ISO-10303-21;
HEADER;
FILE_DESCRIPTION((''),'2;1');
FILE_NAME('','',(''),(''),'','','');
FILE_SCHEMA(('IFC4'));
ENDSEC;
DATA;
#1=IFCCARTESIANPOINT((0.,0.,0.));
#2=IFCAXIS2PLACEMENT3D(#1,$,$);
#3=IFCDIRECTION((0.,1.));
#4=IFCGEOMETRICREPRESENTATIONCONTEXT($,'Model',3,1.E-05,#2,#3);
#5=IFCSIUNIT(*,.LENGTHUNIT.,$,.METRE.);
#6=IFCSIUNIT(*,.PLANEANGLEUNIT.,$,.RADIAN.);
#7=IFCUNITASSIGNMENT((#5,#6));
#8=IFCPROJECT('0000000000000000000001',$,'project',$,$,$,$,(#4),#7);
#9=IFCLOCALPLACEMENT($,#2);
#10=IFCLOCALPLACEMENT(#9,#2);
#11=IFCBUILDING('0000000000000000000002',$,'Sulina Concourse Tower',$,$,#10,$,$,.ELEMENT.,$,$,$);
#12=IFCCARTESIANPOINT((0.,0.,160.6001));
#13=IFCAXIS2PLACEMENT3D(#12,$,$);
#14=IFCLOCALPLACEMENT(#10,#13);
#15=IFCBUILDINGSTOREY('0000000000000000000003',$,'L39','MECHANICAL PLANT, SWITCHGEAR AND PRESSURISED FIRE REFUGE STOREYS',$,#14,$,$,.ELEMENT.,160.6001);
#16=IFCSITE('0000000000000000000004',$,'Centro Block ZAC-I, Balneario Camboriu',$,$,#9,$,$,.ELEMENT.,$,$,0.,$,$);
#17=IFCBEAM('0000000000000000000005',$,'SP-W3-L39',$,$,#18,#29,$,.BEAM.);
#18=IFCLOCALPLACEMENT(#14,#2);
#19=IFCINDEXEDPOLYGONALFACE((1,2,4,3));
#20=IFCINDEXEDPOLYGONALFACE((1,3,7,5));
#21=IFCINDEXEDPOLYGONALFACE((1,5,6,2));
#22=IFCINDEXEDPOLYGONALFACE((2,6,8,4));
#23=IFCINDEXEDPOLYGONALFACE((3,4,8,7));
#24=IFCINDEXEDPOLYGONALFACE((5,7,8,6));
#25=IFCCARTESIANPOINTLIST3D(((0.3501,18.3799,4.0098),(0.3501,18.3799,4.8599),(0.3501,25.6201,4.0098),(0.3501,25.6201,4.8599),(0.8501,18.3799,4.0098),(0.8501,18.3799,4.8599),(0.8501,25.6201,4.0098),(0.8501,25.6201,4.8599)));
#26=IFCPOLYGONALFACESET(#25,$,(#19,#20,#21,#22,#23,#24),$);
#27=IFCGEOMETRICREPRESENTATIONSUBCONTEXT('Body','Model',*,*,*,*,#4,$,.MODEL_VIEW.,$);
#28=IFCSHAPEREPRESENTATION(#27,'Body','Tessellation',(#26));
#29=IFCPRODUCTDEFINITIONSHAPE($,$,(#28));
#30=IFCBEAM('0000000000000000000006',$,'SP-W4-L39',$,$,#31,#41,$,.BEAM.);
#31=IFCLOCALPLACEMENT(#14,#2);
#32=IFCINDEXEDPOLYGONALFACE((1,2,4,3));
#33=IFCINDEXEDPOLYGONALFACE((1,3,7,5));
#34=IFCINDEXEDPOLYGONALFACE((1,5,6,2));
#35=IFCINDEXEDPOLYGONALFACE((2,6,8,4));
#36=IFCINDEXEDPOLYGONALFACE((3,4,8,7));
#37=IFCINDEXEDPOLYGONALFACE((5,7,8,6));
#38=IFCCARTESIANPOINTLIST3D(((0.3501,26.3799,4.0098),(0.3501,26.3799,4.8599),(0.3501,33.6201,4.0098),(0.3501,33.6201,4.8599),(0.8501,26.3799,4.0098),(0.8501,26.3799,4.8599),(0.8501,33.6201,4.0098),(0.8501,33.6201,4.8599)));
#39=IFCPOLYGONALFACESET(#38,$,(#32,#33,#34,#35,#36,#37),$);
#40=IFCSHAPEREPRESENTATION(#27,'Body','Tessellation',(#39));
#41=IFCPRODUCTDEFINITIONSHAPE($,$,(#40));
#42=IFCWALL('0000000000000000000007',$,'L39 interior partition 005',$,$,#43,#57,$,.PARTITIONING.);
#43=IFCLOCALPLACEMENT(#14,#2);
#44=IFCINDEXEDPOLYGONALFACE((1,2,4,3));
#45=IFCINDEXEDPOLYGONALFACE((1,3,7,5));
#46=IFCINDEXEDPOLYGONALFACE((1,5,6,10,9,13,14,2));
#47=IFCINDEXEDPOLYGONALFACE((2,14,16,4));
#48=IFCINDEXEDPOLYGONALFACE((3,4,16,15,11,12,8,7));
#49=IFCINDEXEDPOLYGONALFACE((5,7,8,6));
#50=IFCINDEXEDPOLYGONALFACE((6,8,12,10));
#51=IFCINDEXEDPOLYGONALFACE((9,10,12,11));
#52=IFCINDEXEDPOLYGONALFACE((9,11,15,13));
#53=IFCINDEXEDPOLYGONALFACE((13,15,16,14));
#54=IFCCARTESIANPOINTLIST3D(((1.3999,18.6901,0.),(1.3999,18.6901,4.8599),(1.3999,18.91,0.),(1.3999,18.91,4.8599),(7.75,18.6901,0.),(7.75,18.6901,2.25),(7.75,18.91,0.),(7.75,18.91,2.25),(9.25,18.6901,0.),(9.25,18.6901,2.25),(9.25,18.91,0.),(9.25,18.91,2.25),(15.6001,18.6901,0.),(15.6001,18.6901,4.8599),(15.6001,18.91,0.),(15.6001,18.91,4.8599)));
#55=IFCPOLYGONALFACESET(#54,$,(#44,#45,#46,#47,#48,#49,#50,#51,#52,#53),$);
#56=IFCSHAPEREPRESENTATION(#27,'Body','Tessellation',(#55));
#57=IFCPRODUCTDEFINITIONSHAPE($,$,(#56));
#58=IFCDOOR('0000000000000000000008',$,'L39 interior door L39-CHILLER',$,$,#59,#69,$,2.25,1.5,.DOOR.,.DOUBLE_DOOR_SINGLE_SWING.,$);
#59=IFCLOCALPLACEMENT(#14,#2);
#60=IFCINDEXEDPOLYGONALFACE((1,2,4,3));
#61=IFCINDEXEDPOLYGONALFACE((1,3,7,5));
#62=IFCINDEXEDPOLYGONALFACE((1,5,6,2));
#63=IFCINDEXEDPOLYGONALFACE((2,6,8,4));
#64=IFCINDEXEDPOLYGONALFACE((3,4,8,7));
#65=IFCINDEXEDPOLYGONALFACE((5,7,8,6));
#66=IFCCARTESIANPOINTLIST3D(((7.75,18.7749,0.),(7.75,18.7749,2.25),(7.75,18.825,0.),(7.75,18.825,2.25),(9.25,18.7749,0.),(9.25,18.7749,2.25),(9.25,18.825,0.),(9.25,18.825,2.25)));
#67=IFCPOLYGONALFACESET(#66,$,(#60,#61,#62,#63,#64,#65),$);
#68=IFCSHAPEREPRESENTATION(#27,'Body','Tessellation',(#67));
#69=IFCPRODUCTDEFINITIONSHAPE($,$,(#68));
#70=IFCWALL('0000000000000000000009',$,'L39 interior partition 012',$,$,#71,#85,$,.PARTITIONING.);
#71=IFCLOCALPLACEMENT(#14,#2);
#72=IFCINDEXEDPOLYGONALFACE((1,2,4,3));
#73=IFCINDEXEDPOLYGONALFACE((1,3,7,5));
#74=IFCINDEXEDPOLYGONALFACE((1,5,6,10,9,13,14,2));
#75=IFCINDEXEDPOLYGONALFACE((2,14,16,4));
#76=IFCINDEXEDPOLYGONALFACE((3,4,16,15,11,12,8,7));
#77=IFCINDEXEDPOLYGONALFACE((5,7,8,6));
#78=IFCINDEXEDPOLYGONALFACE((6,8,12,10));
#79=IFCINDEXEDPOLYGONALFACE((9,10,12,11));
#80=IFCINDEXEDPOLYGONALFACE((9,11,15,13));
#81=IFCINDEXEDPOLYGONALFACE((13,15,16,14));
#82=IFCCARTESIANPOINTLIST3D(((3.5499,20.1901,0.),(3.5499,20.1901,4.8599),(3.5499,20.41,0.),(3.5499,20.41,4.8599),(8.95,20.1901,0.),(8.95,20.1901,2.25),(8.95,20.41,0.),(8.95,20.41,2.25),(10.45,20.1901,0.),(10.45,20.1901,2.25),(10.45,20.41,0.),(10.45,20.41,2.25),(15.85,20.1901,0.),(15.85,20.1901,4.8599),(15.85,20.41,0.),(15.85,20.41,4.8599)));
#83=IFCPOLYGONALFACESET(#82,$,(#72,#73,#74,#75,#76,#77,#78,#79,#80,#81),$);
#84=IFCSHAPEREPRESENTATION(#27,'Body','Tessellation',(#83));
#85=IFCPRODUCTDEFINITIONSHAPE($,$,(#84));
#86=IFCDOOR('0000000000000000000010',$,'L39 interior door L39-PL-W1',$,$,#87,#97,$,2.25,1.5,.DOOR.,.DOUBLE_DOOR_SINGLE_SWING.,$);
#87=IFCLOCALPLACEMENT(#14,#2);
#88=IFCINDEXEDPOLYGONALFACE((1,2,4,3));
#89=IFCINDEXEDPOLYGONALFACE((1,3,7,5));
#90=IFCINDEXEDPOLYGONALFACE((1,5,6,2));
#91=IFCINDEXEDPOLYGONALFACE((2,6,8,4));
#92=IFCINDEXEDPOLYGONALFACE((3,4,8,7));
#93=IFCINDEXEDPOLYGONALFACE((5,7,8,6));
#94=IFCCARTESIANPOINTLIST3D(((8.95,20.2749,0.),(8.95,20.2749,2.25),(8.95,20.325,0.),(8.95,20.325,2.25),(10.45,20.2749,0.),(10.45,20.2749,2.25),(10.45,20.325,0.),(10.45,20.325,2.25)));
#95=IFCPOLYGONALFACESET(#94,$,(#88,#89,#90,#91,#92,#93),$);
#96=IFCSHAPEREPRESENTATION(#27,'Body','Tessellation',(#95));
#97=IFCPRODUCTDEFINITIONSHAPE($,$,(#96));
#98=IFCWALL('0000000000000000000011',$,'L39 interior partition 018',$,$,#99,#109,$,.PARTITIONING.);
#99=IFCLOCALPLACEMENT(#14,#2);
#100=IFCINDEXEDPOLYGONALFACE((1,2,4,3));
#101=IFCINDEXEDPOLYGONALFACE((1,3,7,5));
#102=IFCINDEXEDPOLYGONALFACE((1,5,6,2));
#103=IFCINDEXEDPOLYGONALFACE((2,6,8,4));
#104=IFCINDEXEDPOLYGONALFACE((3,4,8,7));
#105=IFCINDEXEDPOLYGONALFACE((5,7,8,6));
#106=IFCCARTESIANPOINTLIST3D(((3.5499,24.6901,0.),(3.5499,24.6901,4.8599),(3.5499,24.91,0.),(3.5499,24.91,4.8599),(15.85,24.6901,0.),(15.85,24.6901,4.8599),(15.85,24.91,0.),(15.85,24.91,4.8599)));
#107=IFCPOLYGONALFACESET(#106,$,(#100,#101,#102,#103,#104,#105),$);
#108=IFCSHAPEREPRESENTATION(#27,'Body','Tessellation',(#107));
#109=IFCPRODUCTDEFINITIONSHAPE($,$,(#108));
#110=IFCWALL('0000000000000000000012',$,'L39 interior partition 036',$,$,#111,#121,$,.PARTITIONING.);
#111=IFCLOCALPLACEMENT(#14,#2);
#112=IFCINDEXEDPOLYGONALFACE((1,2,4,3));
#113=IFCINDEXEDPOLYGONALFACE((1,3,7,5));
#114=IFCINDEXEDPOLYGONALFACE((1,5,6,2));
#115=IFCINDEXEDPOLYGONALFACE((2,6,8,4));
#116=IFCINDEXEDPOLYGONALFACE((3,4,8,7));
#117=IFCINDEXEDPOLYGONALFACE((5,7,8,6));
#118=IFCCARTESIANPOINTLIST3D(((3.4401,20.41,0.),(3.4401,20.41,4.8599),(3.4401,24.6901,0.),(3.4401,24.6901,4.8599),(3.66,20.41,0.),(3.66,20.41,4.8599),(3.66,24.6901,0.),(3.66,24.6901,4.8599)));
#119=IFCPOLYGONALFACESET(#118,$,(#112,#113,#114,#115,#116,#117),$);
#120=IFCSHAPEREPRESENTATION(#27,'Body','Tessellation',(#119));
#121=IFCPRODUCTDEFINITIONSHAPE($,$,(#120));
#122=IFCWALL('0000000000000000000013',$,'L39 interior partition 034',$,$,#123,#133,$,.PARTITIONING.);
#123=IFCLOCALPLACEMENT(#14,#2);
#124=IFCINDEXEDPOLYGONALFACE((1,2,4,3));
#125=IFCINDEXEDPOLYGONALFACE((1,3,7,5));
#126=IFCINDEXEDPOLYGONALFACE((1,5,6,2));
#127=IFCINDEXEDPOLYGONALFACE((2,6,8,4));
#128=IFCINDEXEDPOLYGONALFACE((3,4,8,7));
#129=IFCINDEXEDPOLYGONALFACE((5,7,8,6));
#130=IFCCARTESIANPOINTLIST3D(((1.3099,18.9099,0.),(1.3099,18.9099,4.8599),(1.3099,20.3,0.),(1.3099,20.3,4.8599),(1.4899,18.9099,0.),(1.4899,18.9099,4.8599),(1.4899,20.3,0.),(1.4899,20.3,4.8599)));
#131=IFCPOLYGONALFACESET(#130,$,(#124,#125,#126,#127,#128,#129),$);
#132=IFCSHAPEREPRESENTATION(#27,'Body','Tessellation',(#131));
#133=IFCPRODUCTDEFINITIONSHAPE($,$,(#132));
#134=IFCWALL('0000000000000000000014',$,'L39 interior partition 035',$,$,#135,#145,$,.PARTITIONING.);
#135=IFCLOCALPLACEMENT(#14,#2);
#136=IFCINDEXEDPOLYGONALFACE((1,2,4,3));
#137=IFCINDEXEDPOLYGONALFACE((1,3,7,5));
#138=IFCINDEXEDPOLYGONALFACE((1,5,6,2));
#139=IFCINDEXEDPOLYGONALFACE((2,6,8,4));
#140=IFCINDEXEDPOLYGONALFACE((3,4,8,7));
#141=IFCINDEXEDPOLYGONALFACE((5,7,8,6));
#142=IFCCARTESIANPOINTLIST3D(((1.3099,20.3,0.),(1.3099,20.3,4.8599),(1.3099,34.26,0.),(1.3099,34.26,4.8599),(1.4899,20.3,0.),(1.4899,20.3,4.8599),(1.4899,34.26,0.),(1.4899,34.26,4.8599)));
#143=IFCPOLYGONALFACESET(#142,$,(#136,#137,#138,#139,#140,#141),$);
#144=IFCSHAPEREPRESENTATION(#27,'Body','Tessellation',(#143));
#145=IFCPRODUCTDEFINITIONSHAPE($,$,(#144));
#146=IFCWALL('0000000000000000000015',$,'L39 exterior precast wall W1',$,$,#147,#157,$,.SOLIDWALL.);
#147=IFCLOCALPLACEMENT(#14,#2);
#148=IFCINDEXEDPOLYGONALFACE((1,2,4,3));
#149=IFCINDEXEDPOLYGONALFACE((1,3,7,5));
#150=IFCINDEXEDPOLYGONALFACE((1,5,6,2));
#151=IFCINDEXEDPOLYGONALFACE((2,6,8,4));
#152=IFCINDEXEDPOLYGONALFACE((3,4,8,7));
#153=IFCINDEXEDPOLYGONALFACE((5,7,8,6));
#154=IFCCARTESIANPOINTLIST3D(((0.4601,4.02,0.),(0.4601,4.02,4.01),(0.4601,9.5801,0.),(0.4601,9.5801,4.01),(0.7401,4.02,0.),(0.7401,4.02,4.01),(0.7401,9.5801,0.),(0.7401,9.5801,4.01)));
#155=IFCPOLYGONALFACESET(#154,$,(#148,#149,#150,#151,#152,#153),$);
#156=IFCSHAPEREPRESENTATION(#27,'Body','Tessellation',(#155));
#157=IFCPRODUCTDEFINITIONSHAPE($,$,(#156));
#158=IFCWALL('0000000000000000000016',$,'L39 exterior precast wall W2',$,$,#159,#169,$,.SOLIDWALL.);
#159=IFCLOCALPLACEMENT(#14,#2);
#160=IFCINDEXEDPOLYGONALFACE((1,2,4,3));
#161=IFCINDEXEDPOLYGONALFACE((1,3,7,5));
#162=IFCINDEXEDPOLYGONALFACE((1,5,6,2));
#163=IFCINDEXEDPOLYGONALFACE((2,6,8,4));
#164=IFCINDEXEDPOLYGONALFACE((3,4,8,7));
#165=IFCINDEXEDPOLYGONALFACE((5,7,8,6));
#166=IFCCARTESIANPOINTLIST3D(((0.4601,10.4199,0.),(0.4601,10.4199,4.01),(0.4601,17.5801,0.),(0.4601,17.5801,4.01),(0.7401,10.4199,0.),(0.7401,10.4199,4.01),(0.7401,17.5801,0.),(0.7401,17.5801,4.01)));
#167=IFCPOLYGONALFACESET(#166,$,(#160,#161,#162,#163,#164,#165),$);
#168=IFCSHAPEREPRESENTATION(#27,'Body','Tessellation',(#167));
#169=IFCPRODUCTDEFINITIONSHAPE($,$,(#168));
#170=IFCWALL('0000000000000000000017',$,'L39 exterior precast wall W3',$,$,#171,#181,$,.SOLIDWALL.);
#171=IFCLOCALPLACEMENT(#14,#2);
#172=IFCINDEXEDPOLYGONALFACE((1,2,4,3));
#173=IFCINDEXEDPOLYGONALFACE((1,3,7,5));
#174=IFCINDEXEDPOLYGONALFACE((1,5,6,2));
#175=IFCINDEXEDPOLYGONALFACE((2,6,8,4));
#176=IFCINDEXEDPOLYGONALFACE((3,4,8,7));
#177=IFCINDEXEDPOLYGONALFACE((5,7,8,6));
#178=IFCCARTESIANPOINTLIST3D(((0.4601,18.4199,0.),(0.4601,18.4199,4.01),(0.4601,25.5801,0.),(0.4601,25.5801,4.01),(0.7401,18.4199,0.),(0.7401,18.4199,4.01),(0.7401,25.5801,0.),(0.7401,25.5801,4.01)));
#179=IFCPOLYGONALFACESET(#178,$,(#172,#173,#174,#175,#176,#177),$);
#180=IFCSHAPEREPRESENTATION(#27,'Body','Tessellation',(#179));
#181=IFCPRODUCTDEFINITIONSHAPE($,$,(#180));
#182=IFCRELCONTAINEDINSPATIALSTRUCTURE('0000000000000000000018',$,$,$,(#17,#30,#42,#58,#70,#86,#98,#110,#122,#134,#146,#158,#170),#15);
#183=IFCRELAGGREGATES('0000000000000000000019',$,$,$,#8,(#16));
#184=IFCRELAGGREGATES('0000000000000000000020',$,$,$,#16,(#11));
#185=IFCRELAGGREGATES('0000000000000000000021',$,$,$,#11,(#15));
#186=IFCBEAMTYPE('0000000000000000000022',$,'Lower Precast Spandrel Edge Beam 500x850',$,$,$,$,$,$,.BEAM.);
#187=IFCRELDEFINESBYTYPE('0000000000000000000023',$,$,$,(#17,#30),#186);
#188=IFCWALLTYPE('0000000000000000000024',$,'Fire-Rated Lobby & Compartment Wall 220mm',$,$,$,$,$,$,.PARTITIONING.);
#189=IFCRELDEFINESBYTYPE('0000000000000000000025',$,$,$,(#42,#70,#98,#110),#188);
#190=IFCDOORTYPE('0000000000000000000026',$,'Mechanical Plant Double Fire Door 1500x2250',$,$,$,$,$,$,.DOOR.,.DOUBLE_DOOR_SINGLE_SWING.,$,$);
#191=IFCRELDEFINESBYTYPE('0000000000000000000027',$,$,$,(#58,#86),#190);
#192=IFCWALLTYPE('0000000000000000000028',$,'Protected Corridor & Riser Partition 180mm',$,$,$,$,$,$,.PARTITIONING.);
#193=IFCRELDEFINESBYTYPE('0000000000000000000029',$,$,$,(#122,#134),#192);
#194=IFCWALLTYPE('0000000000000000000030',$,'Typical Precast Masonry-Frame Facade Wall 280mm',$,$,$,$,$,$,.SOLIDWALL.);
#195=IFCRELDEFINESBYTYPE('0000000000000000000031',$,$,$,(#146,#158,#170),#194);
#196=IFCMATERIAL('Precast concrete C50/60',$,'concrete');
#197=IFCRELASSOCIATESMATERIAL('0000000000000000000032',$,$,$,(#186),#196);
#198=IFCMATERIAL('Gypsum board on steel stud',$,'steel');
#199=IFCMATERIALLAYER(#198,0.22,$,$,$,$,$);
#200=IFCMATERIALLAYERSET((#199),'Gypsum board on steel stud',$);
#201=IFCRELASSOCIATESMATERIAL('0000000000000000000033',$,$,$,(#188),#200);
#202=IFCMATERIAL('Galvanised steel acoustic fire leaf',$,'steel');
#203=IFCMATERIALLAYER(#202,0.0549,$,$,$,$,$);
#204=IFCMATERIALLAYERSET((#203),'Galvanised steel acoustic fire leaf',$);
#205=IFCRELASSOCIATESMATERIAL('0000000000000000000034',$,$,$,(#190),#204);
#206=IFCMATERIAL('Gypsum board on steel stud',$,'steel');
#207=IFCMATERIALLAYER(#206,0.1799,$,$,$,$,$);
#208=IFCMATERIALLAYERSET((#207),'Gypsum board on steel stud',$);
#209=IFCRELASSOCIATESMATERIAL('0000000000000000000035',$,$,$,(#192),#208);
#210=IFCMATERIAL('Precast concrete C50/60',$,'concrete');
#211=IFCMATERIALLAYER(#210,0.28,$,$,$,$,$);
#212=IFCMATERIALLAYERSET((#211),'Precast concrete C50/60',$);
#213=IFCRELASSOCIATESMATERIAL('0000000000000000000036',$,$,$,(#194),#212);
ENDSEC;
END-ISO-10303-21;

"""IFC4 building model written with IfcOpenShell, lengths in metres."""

from ifc_helpers import new_model, si_unit, direction, frame, frame_2d, origin, origin_2d, place, context, subcontext, project, spatial, rectangle, extrude, material, layer, layer_set, material_profile, profile_set, type_object, element, fill, save


model = new_model("IFC4")

# Units and contexts
model_context = context("Model", 3, precision=1e-05, world=origin(), true_north=direction((0.0, 1.0)))
body_context = subcontext(model_context, "Body", "Model", "MODEL_VIEW")
ifc_project = project(units=[si_unit("LENGTHUNIT", "METRE"), si_unit("PLANEANGLEUNIT", "RADIAN")], contexts=[model_context])

# Site, building, storey
site_placement = place(None, origin())
site = spatial("IfcSite", under=ifc_project, at=site_placement, Name="Centro Block ZAC-I, Balneario Camboriu", CompositionType="ELEMENT", RefElevation=0.0)
building_placement = place(site_placement, origin())
building = spatial("IfcBuilding", under=site, at=building_placement, Name="Sulina Concourse Tower", CompositionType="ELEMENT")
storey_placement = place(building_placement, frame((0.0, 0.0, 160.6001)))
storey = spatial("IfcBuildingStorey", under=building, at=storey_placement, Name="L39", Description="MECHANICAL PLANT, SWITCHGEAR AND PRESSURISED FIRE REFUGE STOREYS", CompositionType="ELEMENT", Elevation=160.6001)

# Beams
ifc_material_1 = material(Name="Precast concrete C50/60", Category="concrete")
ifc_material_profile_1 = material_profile(ifc_material_1, rectangle(XDim=0.5, YDim=0.8501, at=origin_2d()), Name="RC 500x850")
ifc_profile_set_1 = profile_set([ifc_material_profile_1], Name="Precast concrete C50/60")
beam_type_1 = type_object("IfcBeamType", Name="Lower Precast Spandrel Edge Beam 500x850", PredefinedType="BEAM", material=ifc_profile_set_1)
for number, where, z_axis, x_axis, name in (
    (1, (0.6001, 18.3799, 4.4348), (0.0, 1.0, 0.0), (-1.0, 0.0, 0.0), "SP-W3-L39"),
    (2, (0.6001, 26.3799, 4.4348), (0.0, 1.0, 0.0), (-1.0, 0.0, 0.0), "SP-W4-L39"),
):
    element("IfcBeam", number, at=place(storey_placement, frame(where, z_axis=z_axis, x_axis=x_axis)), inside=storey, type_object=beam_type_1, Name=name, PredefinedType="BEAM", context=body_context, shape_type="SweptSolid", body=[
        extrude(rectangle(XDim=0.5, YDim=0.8501, at=origin_2d()), origin(), (0.0, 0.0, 1.0), 7.2402),
    ])

# Walls, openings, doors
ifc_material_2 = material(Name="Gypsum board on steel stud", Category="steel")
ifc_layer_1 = layer(ifc_material_2, 0.22)
ifc_layer_set_1 = layer_set([ifc_layer_1], Name="Gypsum board on steel stud")
wall_type_1 = type_object("IfcWallType", Name="Fire-Rated Lobby & Compartment Wall 220mm", PredefinedType="PARTITIONING", material=ifc_layer_set_1)
wall_1_placement = place(storey_placement, frame((1.3999, 18.8, 0.0), z_axis=(0.0, 0.0, 1.0), x_axis=(1.0, 0.0, 0.0)))
wall_1 = element("IfcWall", 3, at=wall_1_placement, inside=storey, type_object=wall_type_1, Name="L39 interior partition 005", PredefinedType="PARTITIONING", context=body_context, shape_type="SweptSolid", body=[
    extrude(rectangle(XDim=14.2002, YDim=0.22, at=frame_2d((7.1001, 0.0))), origin(), (0.0, 0.0, 1.0), 4.8599),
])
opening_1_placement = place(wall_1_placement, frame((6.3501, 0.0, 0.0)))
opening_1 = element("IfcOpeningElement", 4, at=opening_1_placement, cuts=wall_1, PredefinedType="OPENING", context=body_context, shape_type="SweptSolid", body=[
    extrude(rectangle(XDim=1.5, YDim=2.25, at=frame_2d((0.75, 1.125))), frame((0.0, 0.1199, 0.0), z_axis=(0.0, -1.0, 0.0), x_axis=(1.0, 0.0, 0.0)), (0.0, 0.0, 1.0), 0.24),
])
ifc_material_3 = material(Name="Galvanised steel acoustic fire leaf", Category="steel")
ifc_layer_2 = layer(ifc_material_3, 0.0549)
ifc_layer_set_2 = layer_set([ifc_layer_2], Name="Galvanised steel acoustic fire leaf")
door_type = type_object("IfcDoorType", Name="Mechanical Plant Double Fire Door 1500x2250", OperationType="DOUBLE_DOOR_SINGLE_SWING", PredefinedType="DOOR", material=ifc_layer_set_2)
door_1_placement = place(opening_1_placement, origin())
door_1 = element("IfcDoor", 5, at=door_1_placement, inside=storey, type_object=door_type, Name="L39 interior door L39-CHILLER", OperationType="DOUBLE_DOOR_SINGLE_SWING", OverallHeight=2.25, OverallWidth=1.5, PredefinedType="DOOR", context=body_context, shape_type="SweptSolid", body=[
    extrude(rectangle(XDim=1.5, YDim=2.25, at=frame_2d((0.75, 1.125))), frame((0.0, 0.0249, 0.0), z_axis=(0.0, -1.0, 0.0), x_axis=(1.0, 0.0, 0.0)), (0.0, 0.0, 1.0), 0.05),
])
fill(opening_1, door_1)
wall_2_placement = place(storey_placement, frame((3.55, 20.3, 0.0), z_axis=(0.0, 0.0, 1.0), x_axis=(1.0, 0.0, 0.0)))
wall_2 = element("IfcWall", 6, at=wall_2_placement, inside=storey, type_object=wall_type_1, Name="L39 interior partition 012", PredefinedType="PARTITIONING", context=body_context, shape_type="SweptSolid", body=[
    extrude(rectangle(XDim=12.3, YDim=0.22, at=frame_2d((6.1499, 0.0))), origin(), (0.0, 0.0, 1.0), 4.8599),
])
opening_2_placement = place(wall_2_placement, frame((5.3999, 0.0, 0.0)))
opening_2 = element("IfcOpeningElement", 7, at=opening_2_placement, cuts=wall_2, PredefinedType="OPENING", context=body_context, shape_type="SweptSolid", body=[
    extrude(rectangle(XDim=1.5, YDim=2.25, at=frame_2d((0.75, 1.125))), frame((0.0, 0.1199, 0.0), z_axis=(0.0, -1.0, 0.0), x_axis=(1.0, 0.0, 0.0)), (0.0, 0.0, 1.0), 0.24),
])
door_2_placement = place(opening_2_placement, origin())
door_2 = element("IfcDoor", 8, at=door_2_placement, inside=storey, type_object=door_type, Name="L39 interior door L39-PL-W1", OperationType="DOUBLE_DOOR_SINGLE_SWING", OverallHeight=2.25, OverallWidth=1.5, PredefinedType="DOOR", context=body_context, shape_type="SweptSolid", body=[
    extrude(rectangle(XDim=1.5, YDim=2.25, at=frame_2d((0.75, 1.125))), frame((0.0, 0.0249, 0.0), z_axis=(0.0, -1.0, 0.0), x_axis=(1.0, 0.0, 0.0)), (0.0, 0.0, 1.0), 0.05),
])
fill(opening_2, door_2)

# Walls
wall_3_placement = place(storey_placement, frame((3.55, 24.8, 0.0), z_axis=(0.0, 0.0, 1.0), x_axis=(1.0, 0.0, 0.0)))
element("IfcWall", 9, at=wall_3_placement, inside=storey, type_object=wall_type_1, Name="L39 interior partition 018", PredefinedType="PARTITIONING", context=body_context, shape_type="SweptSolid", body=[
    extrude(rectangle(XDim=12.3, YDim=0.22, at=frame_2d((6.1499, 0.0))), origin(), (0.0, 0.0, 1.0), 4.8599),
])
wall_4_placement = place(storey_placement, frame((3.55, 20.4099, 0.0), z_axis=(0.0, 0.0, 1.0), x_axis=(0.0, 1.0, 0.0)))
element("IfcWall", 10, at=wall_4_placement, inside=storey, type_object=wall_type_1, Name="L39 interior partition 036", PredefinedType="PARTITIONING", context=body_context, shape_type="SweptSolid", body=[
    extrude(rectangle(XDim=4.28, YDim=0.22, at=frame_2d((2.1401, 0.0))), origin(), (0.0, 0.0, 1.0), 4.8599),
])
ifc_material_4 = material(Name="Gypsum board on steel stud", Category="steel")
ifc_layer_3 = layer(ifc_material_4, 0.1799)
ifc_layer_set_3 = layer_set([ifc_layer_3], Name="Gypsum board on steel stud")
wall_type_2 = type_object("IfcWallType", Name="Protected Corridor & Riser Partition 180mm", PredefinedType="PARTITIONING", material=ifc_layer_set_3)
wall_5_placement = place(storey_placement, frame((1.3999, 18.9099, 0.0), z_axis=(0.0, 0.0, 1.0), x_axis=(0.0, 1.0, 0.0)))
element("IfcWall", 11, at=wall_5_placement, inside=storey, type_object=wall_type_2, Name="L39 interior partition 034", PredefinedType="PARTITIONING", context=body_context, shape_type="SweptSolid", body=[
    extrude(rectangle(XDim=1.3901, YDim=0.1799, at=frame_2d((0.6951, 0.0))), origin(), (0.0, 0.0, 1.0), 4.8599),
])
wall_6_placement = place(storey_placement, frame((1.3999, 20.3, 0.0), z_axis=(0.0, 0.0, 1.0), x_axis=(0.0, 1.0, 0.0)))
element("IfcWall", 12, at=wall_6_placement, inside=storey, type_object=wall_type_2, Name="L39 interior partition 035", PredefinedType="PARTITIONING", context=body_context, shape_type="SweptSolid", body=[
    extrude(rectangle(XDim=13.96, YDim=0.1799, at=frame_2d((6.98, 0.0))), origin(), (0.0, 0.0, 1.0), 4.8599),
])
ifc_material_5 = material(Name="Precast concrete C50/60", Category="concrete")
ifc_layer_4 = layer(ifc_material_5, 0.28)
ifc_layer_set_4 = layer_set([ifc_layer_4], Name="Precast concrete C50/60")
wall_type_3 = type_object("IfcWallType", Name="Typical Precast Masonry-Frame Facade Wall 280mm", PredefinedType="SOLIDWALL", material=ifc_layer_set_4)
wall_7_placement = place(storey_placement, frame((0.6001, 4.02, 0.0), z_axis=(0.0, 0.0, 1.0), x_axis=(0.0, 1.0, 0.0)))
element("IfcWall", 13, at=wall_7_placement, inside=storey, type_object=wall_type_3, Name="L39 exterior precast wall W1", PredefinedType="SOLIDWALL", context=body_context, shape_type="SweptSolid", body=[
    extrude(rectangle(XDim=5.5601, YDim=0.28, at=frame_2d((2.78, 0.0))), origin(), (0.0, 0.0, 1.0), 4.01),
])
for number, where, z_axis, x_axis, name in (
    (14, (0.6001, 10.4199, 0.0), (0.0, 0.0, 1.0), (0.0, 1.0, 0.0), "L39 exterior precast wall W2"),
    (15, (0.6001, 18.4199, 0.0), (0.0, 0.0, 1.0), (0.0, 1.0, 0.0), "L39 exterior precast wall W3"),
):
    element("IfcWall", number, at=place(storey_placement, frame(where, z_axis=z_axis, x_axis=x_axis)), inside=storey, type_object=wall_type_3, Name=name, PredefinedType="SOLIDWALL", context=body_context, shape_type="SweptSolid", body=[
        extrude(rectangle(XDim=7.1602, YDim=0.28, at=frame_2d((3.5801, 0.0))), origin(), (0.0, 0.0, 1.0), 4.01),
    ])

save(model, "model.ifc")
